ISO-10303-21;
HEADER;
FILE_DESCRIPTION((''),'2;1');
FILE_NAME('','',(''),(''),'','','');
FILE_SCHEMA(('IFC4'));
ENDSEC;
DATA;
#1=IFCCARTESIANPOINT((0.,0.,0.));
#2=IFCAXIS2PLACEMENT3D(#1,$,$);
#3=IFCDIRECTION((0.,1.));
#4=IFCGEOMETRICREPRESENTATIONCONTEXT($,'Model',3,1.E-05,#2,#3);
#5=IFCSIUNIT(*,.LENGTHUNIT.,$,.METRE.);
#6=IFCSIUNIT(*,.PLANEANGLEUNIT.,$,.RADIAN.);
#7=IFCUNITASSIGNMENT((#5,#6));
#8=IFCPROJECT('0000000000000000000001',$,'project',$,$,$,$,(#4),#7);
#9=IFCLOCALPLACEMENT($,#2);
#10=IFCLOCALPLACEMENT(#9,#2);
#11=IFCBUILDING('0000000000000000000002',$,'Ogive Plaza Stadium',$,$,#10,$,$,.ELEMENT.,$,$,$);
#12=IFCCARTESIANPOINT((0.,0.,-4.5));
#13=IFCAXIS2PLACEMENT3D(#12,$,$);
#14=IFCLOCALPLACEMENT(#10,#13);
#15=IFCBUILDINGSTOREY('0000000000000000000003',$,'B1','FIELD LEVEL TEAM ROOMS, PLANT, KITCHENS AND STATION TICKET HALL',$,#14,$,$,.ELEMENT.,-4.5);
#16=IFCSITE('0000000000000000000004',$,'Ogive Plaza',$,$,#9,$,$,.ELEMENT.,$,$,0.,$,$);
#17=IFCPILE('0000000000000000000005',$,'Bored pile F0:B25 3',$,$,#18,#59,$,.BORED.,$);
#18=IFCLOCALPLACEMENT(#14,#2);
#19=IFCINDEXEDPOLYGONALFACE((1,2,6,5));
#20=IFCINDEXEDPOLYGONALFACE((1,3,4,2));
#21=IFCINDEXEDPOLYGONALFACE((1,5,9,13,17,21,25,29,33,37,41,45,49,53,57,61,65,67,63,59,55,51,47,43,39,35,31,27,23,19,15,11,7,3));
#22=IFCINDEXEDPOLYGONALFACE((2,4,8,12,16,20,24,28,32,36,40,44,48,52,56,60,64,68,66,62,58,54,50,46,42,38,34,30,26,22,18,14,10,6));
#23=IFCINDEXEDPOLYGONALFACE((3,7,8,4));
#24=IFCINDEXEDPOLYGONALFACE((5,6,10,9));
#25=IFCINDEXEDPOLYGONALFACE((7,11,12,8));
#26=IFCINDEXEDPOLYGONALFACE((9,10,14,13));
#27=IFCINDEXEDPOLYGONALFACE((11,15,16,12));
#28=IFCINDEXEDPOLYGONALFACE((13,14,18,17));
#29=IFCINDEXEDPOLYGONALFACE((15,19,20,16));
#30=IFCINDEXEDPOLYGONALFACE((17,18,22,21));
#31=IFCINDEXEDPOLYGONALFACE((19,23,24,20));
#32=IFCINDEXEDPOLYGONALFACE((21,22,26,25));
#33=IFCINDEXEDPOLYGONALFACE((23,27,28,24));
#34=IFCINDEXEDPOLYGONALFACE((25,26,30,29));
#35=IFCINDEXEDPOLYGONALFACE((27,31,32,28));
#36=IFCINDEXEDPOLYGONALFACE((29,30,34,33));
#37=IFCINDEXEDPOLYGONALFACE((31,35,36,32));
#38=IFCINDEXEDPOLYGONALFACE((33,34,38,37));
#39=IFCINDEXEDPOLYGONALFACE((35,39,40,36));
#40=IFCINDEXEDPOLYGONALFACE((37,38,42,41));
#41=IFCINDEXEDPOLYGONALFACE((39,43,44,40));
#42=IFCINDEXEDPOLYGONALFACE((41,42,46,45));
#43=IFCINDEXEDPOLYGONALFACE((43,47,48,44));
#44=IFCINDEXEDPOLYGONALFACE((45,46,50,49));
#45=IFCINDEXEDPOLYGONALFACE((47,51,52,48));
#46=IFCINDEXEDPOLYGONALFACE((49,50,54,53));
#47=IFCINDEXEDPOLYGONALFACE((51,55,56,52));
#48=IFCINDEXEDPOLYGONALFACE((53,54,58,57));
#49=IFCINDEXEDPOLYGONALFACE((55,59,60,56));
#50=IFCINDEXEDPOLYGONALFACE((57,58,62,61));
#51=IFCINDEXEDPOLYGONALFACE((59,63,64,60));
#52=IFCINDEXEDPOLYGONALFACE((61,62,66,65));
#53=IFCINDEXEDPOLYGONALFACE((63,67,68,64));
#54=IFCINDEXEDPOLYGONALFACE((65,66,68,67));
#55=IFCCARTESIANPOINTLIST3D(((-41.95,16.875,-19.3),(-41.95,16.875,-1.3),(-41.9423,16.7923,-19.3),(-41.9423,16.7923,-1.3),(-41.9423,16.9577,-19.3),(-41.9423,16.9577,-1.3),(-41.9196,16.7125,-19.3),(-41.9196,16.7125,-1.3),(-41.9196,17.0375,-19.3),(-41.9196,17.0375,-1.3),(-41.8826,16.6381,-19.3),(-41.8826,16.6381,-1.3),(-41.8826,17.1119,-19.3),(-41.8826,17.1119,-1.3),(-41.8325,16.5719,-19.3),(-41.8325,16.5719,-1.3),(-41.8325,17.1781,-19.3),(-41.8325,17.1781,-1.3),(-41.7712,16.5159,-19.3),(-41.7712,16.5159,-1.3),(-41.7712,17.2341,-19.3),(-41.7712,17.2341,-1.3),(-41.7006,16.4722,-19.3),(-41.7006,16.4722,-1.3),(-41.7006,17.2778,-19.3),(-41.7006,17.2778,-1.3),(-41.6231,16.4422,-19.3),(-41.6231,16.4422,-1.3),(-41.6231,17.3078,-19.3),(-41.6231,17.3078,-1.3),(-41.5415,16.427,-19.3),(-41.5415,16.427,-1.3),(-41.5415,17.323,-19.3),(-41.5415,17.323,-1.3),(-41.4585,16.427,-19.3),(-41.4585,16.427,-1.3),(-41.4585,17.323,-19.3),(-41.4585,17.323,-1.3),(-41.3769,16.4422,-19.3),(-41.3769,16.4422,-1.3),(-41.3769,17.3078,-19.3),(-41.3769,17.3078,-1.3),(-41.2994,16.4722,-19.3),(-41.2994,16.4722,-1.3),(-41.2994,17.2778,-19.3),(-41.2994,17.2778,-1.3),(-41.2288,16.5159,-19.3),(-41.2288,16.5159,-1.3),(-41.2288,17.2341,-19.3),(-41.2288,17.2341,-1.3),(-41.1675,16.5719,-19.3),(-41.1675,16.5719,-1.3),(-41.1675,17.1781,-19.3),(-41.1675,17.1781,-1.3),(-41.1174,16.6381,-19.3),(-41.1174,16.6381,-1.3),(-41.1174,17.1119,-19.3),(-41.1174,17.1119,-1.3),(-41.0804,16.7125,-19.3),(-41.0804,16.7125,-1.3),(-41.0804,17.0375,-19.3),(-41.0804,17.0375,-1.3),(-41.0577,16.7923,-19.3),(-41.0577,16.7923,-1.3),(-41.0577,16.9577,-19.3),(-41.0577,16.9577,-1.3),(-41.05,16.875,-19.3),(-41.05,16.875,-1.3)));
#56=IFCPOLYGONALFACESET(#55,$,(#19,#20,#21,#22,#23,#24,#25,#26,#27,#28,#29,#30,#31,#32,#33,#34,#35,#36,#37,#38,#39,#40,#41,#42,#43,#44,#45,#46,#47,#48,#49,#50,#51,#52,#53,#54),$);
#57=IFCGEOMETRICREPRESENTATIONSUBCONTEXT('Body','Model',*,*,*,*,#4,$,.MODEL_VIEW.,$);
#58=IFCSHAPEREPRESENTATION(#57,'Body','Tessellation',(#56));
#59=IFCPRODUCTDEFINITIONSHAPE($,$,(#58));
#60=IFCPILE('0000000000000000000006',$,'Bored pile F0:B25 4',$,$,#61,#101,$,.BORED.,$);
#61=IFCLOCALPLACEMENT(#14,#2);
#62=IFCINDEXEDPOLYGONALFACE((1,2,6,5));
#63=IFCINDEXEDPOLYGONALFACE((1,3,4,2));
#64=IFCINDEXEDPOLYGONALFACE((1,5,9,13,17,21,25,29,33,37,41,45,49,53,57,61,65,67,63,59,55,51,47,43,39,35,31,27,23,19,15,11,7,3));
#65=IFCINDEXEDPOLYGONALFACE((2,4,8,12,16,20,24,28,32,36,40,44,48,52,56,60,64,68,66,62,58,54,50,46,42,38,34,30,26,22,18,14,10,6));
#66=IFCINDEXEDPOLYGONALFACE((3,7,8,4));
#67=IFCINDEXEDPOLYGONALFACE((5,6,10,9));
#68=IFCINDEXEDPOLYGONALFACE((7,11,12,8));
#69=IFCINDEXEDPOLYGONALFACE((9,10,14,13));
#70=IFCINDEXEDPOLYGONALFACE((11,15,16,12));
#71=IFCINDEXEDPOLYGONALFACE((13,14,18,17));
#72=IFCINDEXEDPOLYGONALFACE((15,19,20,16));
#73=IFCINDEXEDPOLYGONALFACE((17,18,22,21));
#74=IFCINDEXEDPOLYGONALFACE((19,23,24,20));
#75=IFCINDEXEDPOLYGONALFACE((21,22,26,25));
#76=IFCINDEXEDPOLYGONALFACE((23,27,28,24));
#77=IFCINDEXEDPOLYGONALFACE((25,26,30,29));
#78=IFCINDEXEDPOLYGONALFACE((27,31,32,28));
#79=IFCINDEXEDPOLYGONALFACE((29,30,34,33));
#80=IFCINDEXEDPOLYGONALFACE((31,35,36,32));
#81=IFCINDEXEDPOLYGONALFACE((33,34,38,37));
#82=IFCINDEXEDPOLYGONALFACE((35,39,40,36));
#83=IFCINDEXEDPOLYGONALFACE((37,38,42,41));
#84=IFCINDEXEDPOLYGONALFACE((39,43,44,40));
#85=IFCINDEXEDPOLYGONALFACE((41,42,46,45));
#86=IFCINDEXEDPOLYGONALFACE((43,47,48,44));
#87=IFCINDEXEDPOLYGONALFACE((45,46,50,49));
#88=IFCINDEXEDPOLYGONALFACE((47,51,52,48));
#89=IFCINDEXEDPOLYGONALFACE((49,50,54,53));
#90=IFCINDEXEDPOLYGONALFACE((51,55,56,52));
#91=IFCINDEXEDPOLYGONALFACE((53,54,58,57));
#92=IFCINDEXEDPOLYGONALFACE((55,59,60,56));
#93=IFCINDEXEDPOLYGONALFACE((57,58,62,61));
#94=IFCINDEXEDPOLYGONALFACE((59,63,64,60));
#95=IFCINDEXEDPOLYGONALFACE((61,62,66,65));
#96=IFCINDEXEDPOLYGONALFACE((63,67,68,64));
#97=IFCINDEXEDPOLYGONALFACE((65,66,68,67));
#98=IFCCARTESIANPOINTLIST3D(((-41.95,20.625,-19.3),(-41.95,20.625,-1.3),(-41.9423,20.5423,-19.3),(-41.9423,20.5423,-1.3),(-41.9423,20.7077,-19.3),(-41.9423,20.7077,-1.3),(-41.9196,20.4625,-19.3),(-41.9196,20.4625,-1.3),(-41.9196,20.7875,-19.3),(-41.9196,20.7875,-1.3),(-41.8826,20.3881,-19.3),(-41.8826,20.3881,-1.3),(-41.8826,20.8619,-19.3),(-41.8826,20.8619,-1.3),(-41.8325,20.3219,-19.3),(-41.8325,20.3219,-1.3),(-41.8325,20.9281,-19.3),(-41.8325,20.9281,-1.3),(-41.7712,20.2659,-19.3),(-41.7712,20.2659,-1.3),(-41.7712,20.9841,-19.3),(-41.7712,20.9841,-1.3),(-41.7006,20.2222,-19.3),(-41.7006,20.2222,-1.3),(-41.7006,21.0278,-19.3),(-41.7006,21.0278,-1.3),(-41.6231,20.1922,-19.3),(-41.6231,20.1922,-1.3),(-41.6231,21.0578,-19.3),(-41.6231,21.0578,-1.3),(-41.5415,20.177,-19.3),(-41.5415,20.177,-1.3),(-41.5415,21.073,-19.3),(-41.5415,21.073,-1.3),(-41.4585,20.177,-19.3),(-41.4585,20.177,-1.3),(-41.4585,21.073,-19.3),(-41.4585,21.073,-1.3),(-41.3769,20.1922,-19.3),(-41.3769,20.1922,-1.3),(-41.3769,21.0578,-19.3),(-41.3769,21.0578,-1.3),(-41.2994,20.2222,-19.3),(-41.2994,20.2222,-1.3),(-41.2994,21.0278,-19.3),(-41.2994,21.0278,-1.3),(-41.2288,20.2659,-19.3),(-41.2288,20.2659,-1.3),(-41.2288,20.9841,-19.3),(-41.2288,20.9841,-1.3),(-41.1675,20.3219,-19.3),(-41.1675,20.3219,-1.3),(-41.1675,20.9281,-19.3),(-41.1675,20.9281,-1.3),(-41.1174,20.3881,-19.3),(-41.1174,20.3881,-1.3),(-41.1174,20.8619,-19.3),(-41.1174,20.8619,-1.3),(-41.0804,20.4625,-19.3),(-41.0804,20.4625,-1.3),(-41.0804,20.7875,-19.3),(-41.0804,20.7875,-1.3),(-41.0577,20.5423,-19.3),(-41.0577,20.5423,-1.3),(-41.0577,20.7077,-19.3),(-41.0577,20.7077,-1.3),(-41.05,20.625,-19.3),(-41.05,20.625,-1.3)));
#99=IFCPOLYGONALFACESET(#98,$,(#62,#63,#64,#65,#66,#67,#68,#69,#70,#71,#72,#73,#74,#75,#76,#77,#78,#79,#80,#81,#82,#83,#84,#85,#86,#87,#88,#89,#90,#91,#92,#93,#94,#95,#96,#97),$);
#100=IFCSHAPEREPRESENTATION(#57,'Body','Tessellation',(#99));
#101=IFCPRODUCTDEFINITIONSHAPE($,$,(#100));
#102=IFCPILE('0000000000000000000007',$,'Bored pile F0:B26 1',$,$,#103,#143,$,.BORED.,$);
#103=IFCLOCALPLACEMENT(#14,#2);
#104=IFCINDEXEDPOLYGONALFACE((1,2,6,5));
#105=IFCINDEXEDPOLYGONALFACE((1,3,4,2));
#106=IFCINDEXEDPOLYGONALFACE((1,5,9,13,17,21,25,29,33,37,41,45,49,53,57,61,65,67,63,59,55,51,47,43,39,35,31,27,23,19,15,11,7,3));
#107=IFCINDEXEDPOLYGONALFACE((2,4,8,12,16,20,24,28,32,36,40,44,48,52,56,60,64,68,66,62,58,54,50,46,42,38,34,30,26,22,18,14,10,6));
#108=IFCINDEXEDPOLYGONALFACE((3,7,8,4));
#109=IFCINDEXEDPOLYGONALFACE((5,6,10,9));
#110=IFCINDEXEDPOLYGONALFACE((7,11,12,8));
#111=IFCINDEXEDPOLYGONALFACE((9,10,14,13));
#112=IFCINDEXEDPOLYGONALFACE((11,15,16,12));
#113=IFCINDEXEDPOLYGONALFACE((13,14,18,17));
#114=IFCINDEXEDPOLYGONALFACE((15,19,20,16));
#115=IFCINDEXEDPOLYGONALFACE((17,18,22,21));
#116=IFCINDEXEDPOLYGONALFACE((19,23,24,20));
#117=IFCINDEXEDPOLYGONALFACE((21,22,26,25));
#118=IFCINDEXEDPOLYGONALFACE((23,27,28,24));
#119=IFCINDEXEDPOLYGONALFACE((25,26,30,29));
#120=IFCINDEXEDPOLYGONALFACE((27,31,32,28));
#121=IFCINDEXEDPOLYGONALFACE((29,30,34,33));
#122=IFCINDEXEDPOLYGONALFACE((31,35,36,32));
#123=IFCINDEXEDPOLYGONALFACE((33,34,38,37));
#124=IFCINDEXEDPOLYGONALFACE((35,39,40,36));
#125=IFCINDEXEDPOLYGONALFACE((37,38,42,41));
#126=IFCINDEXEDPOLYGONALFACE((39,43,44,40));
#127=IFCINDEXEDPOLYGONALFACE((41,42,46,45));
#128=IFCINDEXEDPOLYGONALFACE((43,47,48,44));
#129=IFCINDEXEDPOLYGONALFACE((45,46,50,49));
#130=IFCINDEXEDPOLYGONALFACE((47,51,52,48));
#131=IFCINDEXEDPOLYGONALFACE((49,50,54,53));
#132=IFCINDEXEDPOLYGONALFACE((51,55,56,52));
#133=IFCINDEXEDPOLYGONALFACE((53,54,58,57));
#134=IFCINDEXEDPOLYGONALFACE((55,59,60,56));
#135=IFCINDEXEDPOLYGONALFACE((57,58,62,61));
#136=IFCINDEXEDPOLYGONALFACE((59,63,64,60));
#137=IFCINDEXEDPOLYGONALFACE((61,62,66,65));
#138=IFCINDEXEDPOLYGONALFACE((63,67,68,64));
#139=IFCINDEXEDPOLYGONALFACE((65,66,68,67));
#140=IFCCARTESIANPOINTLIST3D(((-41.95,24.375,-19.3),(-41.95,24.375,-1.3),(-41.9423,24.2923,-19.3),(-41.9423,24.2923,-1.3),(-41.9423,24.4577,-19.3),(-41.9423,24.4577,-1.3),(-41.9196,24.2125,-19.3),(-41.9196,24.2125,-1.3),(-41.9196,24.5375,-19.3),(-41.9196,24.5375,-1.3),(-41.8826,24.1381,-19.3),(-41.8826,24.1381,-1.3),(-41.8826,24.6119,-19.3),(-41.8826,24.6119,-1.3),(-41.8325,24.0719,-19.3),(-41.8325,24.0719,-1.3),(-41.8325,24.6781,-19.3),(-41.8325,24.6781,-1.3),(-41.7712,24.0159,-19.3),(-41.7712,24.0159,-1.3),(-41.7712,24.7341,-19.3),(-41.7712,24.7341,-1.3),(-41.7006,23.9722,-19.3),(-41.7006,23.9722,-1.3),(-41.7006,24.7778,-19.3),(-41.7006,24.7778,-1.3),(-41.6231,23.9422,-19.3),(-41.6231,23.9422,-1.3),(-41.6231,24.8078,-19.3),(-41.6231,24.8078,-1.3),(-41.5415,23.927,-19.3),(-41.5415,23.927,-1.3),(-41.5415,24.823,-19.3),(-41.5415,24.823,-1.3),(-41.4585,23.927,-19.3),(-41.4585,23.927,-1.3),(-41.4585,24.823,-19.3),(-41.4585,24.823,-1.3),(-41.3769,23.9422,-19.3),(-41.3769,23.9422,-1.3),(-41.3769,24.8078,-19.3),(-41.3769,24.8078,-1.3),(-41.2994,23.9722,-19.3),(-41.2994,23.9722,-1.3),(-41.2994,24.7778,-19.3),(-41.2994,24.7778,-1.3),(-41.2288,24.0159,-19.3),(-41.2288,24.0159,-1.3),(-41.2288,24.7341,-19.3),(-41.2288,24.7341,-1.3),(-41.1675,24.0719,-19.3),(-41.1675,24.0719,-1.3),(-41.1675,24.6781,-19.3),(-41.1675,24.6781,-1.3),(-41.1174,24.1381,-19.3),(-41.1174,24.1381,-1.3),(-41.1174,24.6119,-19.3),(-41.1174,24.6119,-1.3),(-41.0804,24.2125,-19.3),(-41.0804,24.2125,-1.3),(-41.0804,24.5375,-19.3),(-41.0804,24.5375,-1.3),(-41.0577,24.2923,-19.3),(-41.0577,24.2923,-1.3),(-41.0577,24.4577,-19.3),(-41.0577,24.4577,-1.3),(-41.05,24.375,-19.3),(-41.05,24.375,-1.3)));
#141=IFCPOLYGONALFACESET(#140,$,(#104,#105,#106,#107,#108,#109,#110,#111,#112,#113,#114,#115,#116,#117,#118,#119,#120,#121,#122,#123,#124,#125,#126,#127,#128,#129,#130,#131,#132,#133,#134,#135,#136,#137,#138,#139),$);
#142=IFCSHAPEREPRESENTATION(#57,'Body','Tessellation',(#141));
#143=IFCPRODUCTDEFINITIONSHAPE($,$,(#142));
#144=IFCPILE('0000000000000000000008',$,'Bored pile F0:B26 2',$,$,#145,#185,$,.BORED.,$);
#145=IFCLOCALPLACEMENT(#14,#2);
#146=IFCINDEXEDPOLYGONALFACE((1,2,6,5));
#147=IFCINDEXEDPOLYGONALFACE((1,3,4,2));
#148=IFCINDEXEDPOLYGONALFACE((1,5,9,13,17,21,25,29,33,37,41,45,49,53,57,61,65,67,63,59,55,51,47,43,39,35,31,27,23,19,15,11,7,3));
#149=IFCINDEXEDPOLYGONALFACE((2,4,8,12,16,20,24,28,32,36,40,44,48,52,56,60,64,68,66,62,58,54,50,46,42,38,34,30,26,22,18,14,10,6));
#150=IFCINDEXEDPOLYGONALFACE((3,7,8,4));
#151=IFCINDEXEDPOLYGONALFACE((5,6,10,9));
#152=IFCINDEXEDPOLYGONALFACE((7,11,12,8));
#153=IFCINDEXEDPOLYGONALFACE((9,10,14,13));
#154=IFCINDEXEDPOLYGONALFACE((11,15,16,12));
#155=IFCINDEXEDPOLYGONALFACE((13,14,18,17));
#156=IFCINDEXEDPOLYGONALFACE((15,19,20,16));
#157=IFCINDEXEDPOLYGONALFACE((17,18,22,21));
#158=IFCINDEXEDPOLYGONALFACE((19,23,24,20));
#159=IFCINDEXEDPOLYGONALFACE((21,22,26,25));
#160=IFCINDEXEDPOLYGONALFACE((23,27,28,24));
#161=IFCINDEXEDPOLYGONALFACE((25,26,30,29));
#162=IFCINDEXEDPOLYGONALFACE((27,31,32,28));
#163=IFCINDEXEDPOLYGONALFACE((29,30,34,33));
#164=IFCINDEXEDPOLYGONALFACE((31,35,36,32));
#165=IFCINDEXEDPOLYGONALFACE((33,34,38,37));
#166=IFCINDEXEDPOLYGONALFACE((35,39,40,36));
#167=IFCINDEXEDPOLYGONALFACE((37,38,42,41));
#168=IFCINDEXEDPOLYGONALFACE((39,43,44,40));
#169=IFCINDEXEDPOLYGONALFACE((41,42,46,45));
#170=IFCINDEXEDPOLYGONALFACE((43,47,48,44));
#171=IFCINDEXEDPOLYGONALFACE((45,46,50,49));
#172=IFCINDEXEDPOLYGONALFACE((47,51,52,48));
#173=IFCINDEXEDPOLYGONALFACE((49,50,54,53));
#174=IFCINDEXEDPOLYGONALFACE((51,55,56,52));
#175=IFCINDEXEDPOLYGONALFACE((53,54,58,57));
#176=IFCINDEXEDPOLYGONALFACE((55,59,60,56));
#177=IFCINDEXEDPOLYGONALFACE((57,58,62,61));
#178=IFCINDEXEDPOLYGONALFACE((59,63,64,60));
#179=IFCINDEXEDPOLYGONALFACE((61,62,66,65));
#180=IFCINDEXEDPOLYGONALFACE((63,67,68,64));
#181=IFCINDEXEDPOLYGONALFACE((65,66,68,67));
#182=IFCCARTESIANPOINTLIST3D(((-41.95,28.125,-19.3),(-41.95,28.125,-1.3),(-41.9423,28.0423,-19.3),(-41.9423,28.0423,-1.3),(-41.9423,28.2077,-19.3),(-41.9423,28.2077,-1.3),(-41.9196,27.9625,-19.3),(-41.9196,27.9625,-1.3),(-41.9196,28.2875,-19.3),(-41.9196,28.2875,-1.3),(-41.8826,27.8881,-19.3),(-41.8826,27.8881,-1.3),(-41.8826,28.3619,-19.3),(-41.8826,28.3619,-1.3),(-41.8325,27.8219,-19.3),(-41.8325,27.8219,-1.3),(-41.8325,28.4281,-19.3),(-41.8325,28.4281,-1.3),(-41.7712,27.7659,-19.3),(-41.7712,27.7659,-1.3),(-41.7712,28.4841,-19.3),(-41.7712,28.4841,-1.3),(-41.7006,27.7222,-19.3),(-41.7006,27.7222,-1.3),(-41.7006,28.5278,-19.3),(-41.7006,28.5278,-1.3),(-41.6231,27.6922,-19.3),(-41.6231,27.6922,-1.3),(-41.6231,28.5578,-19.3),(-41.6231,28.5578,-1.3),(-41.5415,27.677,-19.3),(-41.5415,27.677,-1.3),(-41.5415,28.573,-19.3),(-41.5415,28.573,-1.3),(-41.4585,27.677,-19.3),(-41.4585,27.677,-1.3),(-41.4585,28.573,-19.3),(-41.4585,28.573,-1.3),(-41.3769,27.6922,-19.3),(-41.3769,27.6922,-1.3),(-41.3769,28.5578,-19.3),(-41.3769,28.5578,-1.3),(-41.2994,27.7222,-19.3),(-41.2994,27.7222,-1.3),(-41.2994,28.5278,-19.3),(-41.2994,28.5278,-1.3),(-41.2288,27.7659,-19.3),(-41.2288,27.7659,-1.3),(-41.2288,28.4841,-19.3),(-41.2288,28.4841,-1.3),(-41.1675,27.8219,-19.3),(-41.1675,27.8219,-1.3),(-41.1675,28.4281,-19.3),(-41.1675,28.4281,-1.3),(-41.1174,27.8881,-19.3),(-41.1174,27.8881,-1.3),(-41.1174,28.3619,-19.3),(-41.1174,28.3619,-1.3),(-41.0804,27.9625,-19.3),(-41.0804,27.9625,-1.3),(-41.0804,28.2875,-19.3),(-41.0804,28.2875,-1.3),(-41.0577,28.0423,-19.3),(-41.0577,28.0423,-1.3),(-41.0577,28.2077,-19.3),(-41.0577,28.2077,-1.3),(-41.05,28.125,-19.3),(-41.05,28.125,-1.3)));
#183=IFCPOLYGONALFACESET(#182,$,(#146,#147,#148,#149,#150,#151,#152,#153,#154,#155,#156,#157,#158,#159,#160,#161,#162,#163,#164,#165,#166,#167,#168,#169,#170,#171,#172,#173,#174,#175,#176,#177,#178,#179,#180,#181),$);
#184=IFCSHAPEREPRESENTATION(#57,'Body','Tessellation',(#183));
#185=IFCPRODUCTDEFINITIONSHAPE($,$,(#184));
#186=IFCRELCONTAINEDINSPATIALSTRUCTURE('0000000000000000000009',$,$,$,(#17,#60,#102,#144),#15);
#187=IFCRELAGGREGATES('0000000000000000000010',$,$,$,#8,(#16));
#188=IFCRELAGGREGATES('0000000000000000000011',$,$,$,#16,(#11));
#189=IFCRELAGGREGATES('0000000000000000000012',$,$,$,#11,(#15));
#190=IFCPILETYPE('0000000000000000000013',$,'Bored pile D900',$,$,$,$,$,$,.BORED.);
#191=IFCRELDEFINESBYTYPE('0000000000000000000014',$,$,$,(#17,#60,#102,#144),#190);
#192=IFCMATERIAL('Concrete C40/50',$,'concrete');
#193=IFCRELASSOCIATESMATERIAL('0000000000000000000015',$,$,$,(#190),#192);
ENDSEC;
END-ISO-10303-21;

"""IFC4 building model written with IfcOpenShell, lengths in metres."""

from ifc_helpers import new_model, si_unit, direction, frame, origin, origin_2d, place, context, subcontext, project, spatial, circle, extrude, material, material_profile, profile_set, type_object, element, save


model = new_model("IFC4")

# Units and contexts
model_context = context("Model", 3, precision=1e-05, world=origin(), true_north=direction((0.0, 1.0)))
body_context = subcontext(model_context, "Body", "Model", "MODEL_VIEW")
ifc_project = project(units=[si_unit("LENGTHUNIT", "METRE"), si_unit("PLANEANGLEUNIT", "RADIAN")], contexts=[model_context])

# Site, building, storey
site_placement = place(None, origin())
site = spatial("IfcSite", under=ifc_project, at=site_placement, Name="Ogive Plaza", CompositionType="ELEMENT", RefElevation=0.0)
building_placement = place(site_placement, origin())
building = spatial("IfcBuilding", under=site, at=building_placement, Name="Ogive Plaza Stadium", CompositionType="ELEMENT")
storey_placement = place(building_placement, frame((0.0, 0.0, -4.5)))
storey = spatial("IfcBuildingStorey", under=building, at=storey_placement, Name="B1", Description="FIELD LEVEL TEAM ROOMS, PLANT, KITCHENS AND STATION TICKET HALL", CompositionType="ELEMENT", Elevation=-4.5)

# Piles
ifc_material_1 = material(Name="Concrete C40/50", Category="concrete")
ifc_material_profile_1 = material_profile(ifc_material_1, circle(Radius=0.45, at=origin_2d()), Name="RC D900")
ifc_profile_set_1 = profile_set([ifc_material_profile_1], Name="Concrete C40/50")
pile_type = type_object("IfcPileType", Name="Bored pile D900", PredefinedType="BORED", material=ifc_profile_set_1)
for number, where, z_axis, x_axis, name in (
    (1, (-41.5, 16.875, -1.3), (0.0, 0.0, -1.0), (1.0, 0.0, 0.0), "Bored pile F0:B25 3"),
    (2, (-41.5, 20.625, -1.3), (0.0, 0.0, -1.0), (1.0, 0.0, 0.0), "Bored pile F0:B25 4"),
    (3, (-41.5, 24.375, -1.3), (0.0, 0.0, -1.0), (1.0, 0.0, 0.0), "Bored pile F0:B26 1"),
    (4, (-41.5, 28.125, -1.3), (0.0, 0.0, -1.0), (1.0, 0.0, 0.0), "Bored pile F0:B26 2"),
):
    element("IfcPile", number, at=place(storey_placement, frame(where, z_axis=z_axis, x_axis=x_axis)), inside=storey, type_object=pile_type, Name=name, PredefinedType="BORED", context=body_context, shape_type="SweptSolid", body=[
        extrude(circle(Radius=0.45, at=origin_2d()), origin(), (0.0, 0.0, 1.0), 18.0),
    ])

save(model, "model.ifc")
